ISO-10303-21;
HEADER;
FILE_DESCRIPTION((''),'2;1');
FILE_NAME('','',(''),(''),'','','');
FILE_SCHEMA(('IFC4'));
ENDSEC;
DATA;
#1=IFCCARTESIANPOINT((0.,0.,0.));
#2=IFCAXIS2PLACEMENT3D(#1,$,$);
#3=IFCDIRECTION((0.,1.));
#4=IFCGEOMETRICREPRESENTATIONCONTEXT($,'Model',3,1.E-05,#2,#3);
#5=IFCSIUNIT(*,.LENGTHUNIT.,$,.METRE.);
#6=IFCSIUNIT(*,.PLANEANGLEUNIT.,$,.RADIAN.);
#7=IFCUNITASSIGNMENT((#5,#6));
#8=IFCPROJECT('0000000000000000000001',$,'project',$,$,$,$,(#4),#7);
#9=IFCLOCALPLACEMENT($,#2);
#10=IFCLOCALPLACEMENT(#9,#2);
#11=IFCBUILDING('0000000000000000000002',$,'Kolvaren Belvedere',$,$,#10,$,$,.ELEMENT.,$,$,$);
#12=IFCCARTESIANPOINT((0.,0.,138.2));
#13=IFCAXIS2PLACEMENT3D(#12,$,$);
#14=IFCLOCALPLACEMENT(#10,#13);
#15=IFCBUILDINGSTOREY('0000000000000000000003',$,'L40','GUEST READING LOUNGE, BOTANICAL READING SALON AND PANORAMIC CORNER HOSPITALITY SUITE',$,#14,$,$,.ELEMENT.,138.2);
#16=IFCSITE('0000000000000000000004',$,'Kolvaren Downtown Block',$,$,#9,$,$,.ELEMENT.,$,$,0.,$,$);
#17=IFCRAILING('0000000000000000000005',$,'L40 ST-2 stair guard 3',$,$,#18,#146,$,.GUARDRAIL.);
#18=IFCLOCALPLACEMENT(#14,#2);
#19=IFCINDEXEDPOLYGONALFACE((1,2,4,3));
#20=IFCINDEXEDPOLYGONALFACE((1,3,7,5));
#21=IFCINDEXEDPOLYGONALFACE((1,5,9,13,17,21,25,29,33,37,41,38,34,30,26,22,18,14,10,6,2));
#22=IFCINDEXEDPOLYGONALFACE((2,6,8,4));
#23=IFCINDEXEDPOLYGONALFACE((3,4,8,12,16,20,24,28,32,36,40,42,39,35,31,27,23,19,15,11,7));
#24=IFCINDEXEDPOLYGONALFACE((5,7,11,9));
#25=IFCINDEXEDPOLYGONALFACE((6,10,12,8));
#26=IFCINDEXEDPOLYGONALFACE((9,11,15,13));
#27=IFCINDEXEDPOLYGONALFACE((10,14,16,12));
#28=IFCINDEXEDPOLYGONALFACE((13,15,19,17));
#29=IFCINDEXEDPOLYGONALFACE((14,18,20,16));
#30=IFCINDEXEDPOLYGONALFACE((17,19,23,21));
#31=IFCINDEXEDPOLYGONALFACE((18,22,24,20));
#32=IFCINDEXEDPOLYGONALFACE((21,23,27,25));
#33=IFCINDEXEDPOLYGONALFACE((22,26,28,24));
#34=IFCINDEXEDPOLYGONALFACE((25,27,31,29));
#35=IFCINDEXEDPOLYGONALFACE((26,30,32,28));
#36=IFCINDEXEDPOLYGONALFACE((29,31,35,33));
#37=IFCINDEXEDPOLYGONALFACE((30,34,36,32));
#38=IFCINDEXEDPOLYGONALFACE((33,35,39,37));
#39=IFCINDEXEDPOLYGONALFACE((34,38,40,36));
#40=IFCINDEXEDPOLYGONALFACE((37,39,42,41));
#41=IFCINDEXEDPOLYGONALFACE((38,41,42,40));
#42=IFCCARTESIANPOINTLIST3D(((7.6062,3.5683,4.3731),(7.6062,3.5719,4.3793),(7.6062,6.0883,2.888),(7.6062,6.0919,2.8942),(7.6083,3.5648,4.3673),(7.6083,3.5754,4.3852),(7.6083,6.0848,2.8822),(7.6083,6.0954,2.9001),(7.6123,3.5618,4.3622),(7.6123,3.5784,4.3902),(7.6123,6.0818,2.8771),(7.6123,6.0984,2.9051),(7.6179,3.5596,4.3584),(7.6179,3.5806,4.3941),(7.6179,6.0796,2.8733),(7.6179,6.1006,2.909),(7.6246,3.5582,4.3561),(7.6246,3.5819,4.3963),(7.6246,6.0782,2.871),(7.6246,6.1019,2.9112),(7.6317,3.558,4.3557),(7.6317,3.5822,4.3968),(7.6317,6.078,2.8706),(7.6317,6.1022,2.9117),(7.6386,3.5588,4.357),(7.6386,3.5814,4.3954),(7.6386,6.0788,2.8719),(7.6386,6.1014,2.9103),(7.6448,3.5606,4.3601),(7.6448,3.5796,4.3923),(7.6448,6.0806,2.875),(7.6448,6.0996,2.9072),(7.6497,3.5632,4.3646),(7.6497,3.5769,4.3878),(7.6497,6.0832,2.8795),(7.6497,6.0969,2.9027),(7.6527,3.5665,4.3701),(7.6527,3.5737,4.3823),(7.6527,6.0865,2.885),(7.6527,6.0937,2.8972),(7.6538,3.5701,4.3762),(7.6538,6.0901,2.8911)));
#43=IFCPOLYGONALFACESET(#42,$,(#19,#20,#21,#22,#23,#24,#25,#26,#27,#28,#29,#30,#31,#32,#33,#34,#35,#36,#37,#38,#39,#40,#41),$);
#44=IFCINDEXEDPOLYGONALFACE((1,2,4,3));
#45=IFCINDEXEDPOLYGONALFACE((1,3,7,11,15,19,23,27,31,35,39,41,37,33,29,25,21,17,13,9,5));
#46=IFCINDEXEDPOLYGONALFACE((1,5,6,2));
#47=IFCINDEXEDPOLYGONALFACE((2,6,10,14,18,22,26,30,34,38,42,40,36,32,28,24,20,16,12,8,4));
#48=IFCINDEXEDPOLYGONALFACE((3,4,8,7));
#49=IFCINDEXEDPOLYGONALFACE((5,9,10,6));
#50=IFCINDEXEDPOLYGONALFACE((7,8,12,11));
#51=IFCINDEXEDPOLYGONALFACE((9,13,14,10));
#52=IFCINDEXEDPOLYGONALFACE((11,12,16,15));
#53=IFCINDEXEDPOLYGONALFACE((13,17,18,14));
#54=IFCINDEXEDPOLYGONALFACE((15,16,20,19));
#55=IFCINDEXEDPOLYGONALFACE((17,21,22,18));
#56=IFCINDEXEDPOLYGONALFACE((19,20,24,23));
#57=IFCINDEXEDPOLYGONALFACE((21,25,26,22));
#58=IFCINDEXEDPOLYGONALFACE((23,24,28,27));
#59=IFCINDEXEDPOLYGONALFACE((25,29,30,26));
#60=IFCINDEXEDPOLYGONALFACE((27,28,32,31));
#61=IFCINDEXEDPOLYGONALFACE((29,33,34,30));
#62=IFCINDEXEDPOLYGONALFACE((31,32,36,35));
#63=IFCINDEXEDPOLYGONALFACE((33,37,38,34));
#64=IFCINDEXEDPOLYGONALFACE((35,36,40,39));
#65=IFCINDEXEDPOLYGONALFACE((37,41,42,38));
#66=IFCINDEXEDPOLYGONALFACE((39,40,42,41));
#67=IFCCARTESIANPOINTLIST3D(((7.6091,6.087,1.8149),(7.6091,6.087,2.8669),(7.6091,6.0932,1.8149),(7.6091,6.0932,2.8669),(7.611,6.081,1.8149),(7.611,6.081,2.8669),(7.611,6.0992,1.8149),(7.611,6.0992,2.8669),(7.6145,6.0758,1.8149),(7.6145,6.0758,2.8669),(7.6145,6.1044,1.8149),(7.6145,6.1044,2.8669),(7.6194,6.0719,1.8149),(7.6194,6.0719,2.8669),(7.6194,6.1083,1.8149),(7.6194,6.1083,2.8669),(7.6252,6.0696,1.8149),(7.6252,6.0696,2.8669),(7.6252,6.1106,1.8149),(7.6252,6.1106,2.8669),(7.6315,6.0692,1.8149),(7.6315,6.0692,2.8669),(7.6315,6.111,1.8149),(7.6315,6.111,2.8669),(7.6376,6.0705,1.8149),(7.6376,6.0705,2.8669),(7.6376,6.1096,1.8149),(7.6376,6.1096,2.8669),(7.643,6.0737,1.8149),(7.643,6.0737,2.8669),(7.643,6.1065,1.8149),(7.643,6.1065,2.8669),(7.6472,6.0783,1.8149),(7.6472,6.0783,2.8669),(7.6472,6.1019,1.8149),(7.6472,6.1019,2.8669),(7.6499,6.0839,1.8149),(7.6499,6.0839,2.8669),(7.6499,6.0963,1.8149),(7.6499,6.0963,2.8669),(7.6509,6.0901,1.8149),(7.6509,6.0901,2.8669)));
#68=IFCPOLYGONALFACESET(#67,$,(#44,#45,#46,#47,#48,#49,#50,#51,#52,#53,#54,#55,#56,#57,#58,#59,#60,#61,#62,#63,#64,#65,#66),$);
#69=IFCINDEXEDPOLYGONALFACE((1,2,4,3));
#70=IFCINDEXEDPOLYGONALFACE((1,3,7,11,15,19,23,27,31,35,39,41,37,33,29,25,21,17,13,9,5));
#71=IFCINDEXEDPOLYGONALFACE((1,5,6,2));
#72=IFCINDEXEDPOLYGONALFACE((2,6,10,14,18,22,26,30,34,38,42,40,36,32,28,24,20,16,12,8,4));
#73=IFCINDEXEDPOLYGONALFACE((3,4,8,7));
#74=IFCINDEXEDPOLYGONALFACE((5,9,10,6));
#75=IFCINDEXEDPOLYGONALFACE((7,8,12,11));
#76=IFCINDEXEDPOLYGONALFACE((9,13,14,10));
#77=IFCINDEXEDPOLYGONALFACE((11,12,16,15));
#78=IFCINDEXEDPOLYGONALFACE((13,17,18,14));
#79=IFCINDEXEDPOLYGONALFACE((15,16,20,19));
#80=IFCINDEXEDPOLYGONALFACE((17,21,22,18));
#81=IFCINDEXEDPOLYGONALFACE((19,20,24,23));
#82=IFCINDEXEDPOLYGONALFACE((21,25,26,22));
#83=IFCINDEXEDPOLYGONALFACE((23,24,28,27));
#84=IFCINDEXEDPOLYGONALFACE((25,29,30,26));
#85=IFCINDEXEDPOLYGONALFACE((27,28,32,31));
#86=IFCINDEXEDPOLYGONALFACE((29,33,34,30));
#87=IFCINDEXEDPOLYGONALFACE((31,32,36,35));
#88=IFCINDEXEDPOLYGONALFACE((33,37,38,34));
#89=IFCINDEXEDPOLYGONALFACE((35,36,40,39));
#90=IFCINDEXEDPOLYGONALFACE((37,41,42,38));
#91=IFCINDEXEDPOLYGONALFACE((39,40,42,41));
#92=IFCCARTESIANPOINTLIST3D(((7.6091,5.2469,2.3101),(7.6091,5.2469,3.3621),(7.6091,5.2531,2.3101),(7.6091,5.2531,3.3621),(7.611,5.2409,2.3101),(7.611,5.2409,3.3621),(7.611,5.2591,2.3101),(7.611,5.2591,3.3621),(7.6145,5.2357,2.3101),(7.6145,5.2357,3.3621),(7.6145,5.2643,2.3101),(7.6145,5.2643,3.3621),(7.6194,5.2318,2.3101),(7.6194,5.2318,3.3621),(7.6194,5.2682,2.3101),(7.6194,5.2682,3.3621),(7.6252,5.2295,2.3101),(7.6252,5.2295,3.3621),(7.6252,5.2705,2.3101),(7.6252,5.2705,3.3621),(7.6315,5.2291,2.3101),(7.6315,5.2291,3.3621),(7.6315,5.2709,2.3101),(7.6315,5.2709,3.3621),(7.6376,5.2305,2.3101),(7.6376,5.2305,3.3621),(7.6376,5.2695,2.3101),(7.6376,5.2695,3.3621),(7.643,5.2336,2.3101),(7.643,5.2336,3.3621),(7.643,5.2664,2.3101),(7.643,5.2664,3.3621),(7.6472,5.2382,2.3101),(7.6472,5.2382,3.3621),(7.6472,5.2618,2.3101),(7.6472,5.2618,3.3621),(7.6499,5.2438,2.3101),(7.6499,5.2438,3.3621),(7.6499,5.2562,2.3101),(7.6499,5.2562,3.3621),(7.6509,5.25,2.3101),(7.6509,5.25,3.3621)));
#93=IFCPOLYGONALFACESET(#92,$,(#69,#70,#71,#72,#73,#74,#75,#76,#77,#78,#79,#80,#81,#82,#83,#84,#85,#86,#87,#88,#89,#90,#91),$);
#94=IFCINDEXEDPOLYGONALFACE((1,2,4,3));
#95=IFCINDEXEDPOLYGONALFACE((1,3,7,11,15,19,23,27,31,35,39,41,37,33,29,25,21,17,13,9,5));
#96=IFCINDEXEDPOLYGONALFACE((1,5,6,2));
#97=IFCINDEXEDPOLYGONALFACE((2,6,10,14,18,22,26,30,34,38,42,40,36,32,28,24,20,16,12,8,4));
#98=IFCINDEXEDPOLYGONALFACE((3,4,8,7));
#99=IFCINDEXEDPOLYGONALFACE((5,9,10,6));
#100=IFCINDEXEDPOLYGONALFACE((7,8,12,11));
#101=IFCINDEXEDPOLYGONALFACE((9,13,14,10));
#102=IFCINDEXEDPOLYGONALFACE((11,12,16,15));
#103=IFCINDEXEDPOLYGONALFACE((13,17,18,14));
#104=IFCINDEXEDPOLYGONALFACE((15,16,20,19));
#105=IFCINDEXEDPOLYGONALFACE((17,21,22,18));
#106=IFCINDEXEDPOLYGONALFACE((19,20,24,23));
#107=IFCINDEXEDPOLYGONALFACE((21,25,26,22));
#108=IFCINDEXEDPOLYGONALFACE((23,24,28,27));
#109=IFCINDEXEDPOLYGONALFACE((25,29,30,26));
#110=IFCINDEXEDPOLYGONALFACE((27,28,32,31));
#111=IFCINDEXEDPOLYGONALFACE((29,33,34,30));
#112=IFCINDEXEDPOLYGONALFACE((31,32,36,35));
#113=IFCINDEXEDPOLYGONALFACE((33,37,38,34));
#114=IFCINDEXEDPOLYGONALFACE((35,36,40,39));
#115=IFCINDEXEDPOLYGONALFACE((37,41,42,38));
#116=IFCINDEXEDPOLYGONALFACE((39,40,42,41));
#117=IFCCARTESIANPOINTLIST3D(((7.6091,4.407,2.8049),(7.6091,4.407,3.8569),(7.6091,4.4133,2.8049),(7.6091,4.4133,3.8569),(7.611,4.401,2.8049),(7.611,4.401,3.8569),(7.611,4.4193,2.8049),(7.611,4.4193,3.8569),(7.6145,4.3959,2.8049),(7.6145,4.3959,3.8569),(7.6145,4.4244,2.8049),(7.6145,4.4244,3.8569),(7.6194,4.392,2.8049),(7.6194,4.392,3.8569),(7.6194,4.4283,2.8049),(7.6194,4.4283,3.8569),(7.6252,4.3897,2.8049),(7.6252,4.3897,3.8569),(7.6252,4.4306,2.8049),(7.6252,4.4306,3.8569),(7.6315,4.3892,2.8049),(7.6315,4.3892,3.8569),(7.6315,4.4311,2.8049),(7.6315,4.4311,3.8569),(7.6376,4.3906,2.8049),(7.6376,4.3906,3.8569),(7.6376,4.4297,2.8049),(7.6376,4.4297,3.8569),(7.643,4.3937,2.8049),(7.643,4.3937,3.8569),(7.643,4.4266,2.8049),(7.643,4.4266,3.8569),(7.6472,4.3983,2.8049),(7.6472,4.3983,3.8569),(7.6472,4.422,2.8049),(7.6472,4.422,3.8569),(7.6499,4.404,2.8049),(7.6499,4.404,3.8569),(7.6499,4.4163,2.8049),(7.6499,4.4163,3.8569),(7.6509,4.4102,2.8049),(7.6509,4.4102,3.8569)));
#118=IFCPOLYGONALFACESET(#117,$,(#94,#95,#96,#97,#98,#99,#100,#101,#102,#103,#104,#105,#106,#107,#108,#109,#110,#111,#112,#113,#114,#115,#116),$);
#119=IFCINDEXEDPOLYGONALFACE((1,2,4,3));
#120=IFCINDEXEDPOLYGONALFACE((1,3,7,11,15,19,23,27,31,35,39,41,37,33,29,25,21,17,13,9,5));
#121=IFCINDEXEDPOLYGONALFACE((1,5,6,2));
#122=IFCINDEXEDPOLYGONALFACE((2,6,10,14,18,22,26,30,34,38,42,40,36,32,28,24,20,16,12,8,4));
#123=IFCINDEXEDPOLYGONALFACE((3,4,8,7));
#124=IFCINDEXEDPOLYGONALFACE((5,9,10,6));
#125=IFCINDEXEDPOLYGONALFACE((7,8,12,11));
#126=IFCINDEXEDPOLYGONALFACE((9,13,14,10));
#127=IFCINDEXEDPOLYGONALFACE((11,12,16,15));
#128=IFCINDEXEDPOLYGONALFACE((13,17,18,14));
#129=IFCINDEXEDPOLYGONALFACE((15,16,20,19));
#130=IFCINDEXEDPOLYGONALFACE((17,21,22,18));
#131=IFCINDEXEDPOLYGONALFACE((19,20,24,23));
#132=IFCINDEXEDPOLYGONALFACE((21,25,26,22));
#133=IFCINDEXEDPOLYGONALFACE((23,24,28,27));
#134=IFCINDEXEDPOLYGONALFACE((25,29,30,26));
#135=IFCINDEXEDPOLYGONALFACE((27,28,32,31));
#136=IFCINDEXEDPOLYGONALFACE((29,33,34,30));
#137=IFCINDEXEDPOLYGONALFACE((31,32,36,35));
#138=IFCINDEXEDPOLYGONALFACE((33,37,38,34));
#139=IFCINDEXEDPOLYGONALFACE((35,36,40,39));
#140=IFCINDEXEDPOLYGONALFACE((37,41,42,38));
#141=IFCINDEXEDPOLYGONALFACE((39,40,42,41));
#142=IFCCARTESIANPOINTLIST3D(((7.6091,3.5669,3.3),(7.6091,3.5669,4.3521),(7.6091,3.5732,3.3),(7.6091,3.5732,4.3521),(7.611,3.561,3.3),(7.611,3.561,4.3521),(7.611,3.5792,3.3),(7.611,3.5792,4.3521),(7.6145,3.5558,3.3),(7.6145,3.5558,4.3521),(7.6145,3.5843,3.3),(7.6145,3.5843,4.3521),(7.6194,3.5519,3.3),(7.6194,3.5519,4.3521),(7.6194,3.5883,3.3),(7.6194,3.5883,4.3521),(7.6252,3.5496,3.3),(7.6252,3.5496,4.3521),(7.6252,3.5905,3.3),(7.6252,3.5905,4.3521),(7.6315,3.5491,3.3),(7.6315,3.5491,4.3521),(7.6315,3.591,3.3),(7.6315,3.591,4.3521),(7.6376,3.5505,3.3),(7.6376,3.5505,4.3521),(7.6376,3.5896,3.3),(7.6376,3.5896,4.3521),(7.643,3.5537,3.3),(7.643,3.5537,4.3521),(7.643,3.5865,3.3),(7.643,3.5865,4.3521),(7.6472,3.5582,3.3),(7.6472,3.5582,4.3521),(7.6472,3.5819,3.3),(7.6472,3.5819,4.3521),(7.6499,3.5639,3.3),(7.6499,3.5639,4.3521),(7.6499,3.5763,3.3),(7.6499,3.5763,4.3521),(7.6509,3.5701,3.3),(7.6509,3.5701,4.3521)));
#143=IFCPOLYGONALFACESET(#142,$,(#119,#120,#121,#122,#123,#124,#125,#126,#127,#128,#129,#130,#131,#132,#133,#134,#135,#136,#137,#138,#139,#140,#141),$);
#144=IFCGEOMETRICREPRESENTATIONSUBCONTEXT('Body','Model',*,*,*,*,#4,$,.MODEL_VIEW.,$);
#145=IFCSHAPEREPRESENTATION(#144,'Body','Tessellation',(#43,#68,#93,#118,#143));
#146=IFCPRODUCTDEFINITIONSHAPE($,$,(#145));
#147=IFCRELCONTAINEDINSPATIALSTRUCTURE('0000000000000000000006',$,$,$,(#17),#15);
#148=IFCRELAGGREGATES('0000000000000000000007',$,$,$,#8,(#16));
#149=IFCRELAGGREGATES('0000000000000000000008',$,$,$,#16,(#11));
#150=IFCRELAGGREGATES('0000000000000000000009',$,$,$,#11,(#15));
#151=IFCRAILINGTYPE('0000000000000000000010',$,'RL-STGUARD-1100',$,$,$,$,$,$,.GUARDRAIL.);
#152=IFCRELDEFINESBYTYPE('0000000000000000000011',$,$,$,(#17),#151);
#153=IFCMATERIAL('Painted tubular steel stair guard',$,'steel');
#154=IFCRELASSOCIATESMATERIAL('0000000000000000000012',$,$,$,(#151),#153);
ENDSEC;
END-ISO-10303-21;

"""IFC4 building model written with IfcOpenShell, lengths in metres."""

from ifc_helpers import new_model, si_unit, direction, frame, origin, origin_2d, place, context, subcontext, project, spatial, circle, extrude, material, type_object, element, save


model = new_model("IFC4")

# Units and contexts
model_context = context("Model", 3, precision=1e-05, world=origin(), true_north=direction((0.0, 1.0)))
body_context = subcontext(model_context, "Body", "Model", "MODEL_VIEW")
ifc_project = project(units=[si_unit("LENGTHUNIT", "METRE"), si_unit("PLANEANGLEUNIT", "RADIAN")], contexts=[model_context])

# Site, building, storey
site_placement = place(None, origin())
site = spatial("IfcSite", under=ifc_project, at=site_placement, Name="Kolvaren Downtown Block", CompositionType="ELEMENT", RefElevation=0.0)
building_placement = place(site_placement, origin())
building = spatial("IfcBuilding", under=site, at=building_placement, Name="Kolvaren Belvedere", CompositionType="ELEMENT")
storey_placement = place(building_placement, frame((0.0, 0.0, 138.2)))
storey = spatial("IfcBuildingStorey", under=building, at=storey_placement, Name="L40", Description="GUEST READING LOUNGE, BOTANICAL READING SALON AND PANORAMIC CORNER HOSPITALITY SUITE", CompositionType="ELEMENT", Elevation=138.2)

# Railing
ifc_material_1 = material(Name="Painted tubular steel stair guard", Category="steel")
railing_type_1 = type_object("IfcRailingType", Name="RL-STGUARD-1100", PredefinedType="GUARDRAIL", material=ifc_material_1)
railing_1_placement = place(storey_placement, frame((7.6299, 6.0901, 1.8149)))
element("IfcRailing", 1, at=railing_1_placement, inside=storey, type_object=railing_type_1, Name="L40 ST-2 stair guard 3", PredefinedType="GUARDRAIL", context=body_context, shape_type="SweptSolid", body=[
    extrude(circle(Radius=0.0239, at=origin_2d()), frame((0.0, 0.0, 1.0762), z_axis=(0.0, -0.861524, 0.507717), x_axis=(1.0, 0.0, 0.0)), (0.0, 0.0, 1.0), 2.925),
    extrude(circle(Radius=0.021, at=origin_2d()), origin(), (0.0, 0.0, 1.0), 1.052),
    extrude(circle(Radius=0.021, at=origin_2d()), frame((0.0, -0.8401, 0.4951)), (0.0, 0.0, 1.0), 1.052),
    extrude(circle(Radius=0.021, at=origin_2d()), frame((0.0, -1.6799, 0.99)), (0.0, 0.0, 1.0), 1.052),
    extrude(circle(Radius=0.021, at=origin_2d()), frame((0.0, -2.52, 1.4851)), (0.0, 0.0, 1.0), 1.052),
])

save(model, "model.ifc")
